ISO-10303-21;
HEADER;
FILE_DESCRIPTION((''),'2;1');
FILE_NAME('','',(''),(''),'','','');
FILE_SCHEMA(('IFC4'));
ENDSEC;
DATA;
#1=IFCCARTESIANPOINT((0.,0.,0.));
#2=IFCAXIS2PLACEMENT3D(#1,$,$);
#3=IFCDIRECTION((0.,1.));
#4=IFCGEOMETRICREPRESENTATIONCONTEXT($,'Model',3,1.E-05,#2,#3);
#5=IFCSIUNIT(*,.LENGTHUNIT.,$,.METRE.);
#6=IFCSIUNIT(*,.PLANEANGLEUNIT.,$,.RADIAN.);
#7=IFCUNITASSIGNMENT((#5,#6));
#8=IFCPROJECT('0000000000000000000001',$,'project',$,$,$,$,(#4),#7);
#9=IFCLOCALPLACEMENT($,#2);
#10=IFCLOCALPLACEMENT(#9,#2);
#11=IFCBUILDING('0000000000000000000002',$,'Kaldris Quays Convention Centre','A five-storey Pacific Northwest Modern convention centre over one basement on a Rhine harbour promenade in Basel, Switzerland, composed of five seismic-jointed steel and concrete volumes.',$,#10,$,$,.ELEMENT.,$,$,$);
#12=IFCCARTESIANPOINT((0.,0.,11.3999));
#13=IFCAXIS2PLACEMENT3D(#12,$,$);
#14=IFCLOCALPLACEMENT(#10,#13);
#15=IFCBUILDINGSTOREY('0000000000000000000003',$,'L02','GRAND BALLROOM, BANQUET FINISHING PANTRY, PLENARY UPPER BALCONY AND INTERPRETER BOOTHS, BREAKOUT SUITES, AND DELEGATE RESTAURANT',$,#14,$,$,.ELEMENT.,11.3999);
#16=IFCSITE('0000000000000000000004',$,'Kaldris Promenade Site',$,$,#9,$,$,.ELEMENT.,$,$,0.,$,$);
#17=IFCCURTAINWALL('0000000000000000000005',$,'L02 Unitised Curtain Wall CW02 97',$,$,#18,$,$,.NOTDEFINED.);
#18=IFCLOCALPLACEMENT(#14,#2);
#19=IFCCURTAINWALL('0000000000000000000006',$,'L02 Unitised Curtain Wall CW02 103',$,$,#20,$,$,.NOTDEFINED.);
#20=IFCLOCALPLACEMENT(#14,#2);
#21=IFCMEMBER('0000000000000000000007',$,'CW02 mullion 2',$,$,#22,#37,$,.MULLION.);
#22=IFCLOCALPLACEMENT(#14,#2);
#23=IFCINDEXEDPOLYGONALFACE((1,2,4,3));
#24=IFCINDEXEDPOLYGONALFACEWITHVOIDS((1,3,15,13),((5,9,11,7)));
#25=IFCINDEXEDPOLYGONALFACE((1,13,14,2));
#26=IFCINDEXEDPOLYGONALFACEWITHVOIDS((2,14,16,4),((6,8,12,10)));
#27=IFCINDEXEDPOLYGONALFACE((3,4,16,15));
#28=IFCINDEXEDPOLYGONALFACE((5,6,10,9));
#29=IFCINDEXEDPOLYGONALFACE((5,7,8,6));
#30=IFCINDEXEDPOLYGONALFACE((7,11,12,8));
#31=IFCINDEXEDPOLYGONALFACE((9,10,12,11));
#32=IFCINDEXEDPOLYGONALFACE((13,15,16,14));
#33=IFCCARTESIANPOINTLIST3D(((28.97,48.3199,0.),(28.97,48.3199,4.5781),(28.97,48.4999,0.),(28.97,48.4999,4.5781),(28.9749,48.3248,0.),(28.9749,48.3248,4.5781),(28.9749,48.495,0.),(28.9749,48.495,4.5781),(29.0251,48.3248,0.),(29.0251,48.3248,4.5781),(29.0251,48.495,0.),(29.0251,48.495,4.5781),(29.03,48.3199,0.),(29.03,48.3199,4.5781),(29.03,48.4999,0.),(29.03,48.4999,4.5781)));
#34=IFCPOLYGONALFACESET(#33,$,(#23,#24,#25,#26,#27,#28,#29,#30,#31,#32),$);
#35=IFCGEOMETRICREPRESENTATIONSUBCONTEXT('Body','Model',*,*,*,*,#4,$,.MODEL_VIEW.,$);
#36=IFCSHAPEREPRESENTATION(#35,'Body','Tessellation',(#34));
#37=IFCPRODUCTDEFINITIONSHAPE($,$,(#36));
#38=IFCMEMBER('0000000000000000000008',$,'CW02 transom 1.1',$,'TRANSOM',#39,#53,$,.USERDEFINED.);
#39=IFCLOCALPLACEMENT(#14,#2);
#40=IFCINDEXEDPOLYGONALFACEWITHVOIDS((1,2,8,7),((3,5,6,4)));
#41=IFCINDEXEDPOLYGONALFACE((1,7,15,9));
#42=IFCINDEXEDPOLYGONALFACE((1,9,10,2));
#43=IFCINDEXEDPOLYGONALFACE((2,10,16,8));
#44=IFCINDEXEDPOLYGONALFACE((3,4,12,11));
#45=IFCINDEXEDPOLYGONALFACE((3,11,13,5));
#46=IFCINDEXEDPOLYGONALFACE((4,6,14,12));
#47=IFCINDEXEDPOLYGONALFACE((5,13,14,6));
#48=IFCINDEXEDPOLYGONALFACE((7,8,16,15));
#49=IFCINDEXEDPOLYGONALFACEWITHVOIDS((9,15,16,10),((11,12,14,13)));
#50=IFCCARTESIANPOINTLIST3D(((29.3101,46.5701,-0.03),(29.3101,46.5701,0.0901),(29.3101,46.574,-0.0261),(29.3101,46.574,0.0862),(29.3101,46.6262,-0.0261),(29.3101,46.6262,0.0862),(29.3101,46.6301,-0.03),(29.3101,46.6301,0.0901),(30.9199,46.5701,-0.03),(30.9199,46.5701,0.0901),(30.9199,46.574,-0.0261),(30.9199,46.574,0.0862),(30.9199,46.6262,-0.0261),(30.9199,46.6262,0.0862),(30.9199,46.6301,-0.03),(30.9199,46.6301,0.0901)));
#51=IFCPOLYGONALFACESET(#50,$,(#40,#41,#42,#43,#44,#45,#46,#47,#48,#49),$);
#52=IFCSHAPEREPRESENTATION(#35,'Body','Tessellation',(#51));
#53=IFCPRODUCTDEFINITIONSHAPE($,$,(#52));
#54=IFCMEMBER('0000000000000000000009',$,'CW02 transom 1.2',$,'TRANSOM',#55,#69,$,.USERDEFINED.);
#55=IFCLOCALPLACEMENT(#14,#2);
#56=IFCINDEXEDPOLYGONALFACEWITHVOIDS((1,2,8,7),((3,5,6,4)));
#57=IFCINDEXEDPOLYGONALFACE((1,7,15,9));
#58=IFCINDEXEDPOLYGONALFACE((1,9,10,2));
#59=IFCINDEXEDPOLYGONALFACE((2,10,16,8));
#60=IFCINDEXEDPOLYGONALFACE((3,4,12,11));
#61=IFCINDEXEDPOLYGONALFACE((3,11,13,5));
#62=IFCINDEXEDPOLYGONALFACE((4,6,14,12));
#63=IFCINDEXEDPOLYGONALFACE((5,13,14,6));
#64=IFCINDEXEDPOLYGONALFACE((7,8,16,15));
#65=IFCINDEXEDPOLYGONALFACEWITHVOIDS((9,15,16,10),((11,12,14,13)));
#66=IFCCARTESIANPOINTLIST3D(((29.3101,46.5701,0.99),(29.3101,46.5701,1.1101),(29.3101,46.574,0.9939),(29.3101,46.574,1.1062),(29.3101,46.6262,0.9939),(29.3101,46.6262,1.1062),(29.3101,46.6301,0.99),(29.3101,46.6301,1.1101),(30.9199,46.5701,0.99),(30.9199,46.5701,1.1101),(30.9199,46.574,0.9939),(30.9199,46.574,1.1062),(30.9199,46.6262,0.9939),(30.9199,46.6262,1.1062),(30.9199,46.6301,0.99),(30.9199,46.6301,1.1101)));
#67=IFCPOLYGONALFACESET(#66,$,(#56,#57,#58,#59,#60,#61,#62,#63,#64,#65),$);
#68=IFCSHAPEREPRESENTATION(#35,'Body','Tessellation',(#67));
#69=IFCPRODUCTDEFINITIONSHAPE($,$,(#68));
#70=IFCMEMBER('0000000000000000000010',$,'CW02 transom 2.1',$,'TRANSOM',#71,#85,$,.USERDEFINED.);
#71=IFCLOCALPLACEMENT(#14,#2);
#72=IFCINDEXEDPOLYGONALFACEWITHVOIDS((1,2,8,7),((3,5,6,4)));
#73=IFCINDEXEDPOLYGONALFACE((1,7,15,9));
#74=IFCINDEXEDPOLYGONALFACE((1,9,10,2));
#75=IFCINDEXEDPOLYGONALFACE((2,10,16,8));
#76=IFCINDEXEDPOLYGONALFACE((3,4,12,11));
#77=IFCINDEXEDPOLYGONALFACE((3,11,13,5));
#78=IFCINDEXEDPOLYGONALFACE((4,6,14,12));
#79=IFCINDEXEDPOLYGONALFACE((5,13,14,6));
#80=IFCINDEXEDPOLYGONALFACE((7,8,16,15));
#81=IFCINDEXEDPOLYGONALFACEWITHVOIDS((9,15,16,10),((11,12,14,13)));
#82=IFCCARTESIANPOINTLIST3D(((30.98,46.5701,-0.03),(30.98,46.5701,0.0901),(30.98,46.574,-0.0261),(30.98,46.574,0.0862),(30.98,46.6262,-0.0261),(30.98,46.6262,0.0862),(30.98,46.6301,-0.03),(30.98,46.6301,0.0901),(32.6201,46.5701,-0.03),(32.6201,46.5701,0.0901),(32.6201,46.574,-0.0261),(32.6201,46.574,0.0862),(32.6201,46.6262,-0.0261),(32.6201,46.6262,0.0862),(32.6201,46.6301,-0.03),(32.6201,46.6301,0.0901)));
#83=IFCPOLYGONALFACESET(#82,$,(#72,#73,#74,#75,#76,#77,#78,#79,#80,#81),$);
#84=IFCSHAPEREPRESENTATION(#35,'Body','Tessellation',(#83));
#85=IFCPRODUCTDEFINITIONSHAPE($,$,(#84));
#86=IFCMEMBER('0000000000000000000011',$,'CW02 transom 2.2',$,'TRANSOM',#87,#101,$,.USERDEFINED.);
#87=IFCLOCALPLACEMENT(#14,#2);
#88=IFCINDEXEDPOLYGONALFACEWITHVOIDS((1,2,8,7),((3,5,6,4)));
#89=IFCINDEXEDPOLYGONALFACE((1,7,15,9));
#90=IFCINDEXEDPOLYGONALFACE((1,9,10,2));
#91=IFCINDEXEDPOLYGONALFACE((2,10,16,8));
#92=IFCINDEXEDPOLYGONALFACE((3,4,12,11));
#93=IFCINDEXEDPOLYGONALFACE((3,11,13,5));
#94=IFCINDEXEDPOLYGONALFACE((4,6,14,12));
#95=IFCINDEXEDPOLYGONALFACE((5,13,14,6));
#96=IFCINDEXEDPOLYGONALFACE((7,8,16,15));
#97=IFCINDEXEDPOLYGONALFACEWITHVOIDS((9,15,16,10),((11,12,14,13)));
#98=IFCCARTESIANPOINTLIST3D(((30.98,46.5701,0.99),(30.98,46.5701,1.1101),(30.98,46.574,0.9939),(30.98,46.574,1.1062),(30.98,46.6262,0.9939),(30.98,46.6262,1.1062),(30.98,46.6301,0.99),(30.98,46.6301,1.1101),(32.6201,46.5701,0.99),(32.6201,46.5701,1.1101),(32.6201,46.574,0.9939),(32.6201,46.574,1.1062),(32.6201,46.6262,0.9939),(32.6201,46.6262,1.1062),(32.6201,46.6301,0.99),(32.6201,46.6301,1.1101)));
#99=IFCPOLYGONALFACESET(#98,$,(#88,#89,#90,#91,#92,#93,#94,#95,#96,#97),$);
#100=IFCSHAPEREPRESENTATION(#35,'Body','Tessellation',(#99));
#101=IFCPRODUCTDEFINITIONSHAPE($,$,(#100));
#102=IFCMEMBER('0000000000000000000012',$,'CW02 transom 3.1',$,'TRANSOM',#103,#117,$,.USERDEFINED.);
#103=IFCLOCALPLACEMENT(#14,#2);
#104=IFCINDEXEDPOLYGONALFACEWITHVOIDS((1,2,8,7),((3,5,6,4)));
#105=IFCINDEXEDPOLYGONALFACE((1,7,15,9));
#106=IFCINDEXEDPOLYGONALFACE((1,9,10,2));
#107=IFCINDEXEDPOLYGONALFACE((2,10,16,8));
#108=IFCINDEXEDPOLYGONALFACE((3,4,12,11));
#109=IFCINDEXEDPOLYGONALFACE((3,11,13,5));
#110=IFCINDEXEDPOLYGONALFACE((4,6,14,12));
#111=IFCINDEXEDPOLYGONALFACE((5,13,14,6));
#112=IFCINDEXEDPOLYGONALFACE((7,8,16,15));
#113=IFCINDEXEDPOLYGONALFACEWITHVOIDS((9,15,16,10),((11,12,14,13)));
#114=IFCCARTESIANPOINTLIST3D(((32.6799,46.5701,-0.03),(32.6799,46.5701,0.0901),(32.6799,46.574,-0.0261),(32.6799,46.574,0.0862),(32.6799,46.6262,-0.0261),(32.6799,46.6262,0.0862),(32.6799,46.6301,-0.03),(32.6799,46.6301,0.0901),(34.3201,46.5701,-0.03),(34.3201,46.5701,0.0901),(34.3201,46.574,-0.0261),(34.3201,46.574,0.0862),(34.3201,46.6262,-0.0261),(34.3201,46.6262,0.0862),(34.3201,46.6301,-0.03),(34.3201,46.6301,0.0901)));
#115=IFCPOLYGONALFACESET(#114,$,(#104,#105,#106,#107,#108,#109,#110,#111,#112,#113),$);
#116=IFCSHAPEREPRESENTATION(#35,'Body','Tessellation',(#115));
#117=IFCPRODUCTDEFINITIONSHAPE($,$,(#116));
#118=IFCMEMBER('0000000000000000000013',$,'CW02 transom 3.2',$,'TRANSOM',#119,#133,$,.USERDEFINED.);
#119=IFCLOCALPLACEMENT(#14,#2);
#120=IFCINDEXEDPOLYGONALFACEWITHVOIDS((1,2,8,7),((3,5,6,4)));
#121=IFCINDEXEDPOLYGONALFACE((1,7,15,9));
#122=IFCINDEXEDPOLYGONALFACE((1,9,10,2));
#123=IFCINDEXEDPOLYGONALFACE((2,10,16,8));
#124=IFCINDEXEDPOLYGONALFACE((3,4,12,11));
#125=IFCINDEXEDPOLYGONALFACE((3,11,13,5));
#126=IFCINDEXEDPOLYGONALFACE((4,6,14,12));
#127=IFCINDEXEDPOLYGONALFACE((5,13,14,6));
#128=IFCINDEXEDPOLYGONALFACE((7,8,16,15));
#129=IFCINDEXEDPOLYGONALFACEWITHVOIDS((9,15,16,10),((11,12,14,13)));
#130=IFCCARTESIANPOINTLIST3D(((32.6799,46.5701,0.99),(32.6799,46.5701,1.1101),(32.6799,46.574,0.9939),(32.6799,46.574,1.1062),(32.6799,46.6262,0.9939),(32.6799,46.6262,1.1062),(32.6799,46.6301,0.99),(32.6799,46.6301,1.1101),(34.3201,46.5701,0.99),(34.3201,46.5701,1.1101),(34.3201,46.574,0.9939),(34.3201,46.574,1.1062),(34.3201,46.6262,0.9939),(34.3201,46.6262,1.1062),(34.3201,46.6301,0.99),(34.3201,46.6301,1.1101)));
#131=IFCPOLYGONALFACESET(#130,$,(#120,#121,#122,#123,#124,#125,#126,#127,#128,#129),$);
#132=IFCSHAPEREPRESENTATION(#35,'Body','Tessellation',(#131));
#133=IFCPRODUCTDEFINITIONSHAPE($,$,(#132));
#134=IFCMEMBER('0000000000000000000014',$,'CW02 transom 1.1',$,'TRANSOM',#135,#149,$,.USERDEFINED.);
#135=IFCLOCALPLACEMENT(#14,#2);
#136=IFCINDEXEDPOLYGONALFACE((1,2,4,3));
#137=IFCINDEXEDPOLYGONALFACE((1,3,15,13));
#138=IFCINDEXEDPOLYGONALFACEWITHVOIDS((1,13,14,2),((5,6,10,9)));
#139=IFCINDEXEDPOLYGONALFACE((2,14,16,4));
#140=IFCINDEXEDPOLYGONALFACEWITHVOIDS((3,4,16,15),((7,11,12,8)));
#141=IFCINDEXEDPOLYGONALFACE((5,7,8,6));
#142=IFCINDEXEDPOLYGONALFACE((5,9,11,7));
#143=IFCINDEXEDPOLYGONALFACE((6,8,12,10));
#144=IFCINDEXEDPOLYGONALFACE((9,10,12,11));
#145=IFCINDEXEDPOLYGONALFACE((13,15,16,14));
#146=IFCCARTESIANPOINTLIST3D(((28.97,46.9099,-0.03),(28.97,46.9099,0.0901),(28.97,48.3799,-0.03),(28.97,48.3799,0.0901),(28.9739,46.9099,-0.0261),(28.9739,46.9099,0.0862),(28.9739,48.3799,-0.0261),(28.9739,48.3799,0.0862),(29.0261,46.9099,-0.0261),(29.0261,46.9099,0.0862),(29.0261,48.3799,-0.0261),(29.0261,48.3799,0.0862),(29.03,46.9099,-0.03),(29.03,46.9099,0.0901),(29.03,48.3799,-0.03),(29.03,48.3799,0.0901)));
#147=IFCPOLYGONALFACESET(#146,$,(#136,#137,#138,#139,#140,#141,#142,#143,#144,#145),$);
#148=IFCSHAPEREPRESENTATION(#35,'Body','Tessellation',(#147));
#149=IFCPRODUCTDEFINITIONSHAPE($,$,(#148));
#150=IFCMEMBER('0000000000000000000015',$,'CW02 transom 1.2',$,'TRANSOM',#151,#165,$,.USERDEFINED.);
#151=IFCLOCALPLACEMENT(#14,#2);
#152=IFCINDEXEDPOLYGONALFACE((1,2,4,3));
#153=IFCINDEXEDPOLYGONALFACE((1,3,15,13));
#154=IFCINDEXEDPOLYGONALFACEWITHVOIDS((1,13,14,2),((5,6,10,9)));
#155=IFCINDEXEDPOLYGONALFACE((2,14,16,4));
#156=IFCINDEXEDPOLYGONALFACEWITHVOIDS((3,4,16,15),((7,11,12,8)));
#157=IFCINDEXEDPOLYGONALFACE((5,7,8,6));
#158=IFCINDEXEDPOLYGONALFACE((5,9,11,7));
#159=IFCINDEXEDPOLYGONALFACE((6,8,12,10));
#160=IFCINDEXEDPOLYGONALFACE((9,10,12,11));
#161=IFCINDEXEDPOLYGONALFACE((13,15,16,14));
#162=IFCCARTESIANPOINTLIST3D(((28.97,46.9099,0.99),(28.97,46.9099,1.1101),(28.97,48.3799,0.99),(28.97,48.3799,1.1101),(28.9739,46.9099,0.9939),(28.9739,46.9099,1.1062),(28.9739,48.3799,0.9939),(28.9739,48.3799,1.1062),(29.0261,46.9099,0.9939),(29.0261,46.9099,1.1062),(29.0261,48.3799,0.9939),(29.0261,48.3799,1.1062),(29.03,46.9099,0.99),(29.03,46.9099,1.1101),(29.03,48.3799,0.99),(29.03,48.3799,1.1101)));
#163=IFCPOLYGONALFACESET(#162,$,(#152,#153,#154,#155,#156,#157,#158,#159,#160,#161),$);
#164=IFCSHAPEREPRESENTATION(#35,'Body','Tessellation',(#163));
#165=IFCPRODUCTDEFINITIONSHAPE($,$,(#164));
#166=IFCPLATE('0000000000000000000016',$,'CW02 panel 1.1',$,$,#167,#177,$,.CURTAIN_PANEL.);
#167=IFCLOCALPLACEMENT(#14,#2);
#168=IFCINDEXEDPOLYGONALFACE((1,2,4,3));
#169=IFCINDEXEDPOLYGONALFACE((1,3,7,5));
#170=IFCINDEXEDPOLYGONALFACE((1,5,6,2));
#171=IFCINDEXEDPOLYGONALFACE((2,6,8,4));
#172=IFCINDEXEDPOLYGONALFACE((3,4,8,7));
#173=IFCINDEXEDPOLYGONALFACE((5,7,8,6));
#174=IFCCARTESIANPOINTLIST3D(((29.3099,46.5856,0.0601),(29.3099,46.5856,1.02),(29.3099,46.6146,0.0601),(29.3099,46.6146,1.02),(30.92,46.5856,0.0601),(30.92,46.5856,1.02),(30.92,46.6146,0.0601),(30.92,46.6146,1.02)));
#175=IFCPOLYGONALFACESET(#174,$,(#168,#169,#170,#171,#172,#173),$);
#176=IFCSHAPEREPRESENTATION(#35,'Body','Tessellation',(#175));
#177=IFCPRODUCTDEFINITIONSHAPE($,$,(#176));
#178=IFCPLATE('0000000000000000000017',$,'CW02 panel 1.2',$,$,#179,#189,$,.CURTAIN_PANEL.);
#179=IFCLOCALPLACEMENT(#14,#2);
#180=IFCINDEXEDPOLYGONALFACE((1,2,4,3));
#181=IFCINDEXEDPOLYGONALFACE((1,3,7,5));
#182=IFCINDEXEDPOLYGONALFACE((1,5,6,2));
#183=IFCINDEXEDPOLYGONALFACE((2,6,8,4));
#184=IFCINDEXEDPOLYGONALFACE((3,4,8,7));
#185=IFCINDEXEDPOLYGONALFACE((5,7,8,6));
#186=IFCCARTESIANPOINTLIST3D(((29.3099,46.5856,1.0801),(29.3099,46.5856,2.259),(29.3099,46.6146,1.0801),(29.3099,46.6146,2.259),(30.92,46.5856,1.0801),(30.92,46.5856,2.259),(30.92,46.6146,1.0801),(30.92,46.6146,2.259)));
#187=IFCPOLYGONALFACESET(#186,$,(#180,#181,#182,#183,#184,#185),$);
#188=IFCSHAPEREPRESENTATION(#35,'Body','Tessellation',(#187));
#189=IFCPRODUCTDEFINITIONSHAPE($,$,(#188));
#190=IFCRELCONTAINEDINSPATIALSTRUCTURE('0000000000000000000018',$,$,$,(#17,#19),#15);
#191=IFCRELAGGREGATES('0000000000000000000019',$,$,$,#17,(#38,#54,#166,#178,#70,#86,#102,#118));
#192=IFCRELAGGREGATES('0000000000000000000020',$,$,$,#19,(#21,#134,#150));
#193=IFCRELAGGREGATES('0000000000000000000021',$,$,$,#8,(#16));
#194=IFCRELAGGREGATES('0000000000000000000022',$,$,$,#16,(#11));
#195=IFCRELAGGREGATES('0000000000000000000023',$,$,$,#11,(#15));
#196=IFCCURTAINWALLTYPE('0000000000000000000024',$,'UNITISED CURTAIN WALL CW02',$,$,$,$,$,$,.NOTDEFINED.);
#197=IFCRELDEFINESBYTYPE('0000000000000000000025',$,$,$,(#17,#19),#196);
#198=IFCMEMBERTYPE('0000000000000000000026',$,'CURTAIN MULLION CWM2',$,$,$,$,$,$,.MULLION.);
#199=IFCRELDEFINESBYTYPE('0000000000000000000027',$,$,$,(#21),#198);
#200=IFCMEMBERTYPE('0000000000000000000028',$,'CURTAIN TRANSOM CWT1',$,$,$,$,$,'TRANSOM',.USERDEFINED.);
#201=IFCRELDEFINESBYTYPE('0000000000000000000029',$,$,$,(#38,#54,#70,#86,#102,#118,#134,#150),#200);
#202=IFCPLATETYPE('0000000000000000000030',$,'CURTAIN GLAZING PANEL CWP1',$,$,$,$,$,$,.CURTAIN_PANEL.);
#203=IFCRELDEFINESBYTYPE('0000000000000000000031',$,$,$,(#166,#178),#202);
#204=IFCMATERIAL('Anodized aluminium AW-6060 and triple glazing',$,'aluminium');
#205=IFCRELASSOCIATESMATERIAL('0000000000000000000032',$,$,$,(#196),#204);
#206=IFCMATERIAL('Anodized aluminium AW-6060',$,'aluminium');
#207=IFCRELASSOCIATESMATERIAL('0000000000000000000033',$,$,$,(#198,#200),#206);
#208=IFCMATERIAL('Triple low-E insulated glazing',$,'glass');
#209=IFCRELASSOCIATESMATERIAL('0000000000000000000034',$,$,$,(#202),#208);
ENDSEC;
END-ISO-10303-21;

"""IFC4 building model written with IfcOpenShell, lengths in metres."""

from ifc_helpers import new_model, si_unit, direction, frame, origin, origin_2d, place, context, subcontext, project, spatial, rectangle, hollow_rectangle, extrude, material, material_profile, profile_set, type_object, element, aggregate, save


model = new_model("IFC4")

# Units and contexts
model_context = context("Model", 3, precision=1e-05, world=origin(), true_north=direction((0.0, 1.0)))
body_context = subcontext(model_context, "Body", "Model", "MODEL_VIEW")
ifc_project = project(units=[si_unit("LENGTHUNIT", "METRE"), si_unit("PLANEANGLEUNIT", "RADIAN")], contexts=[model_context])

# Site, building, storey
site_placement = place(None, origin())
site = spatial("IfcSite", under=ifc_project, at=site_placement, Name="Kaldris Promenade Site", CompositionType="ELEMENT", RefElevation=0.0)
building_placement = place(site_placement, origin())
building = spatial("IfcBuilding", under=site, at=building_placement, Name="Kaldris Quays Convention Centre", Description="A five-storey Pacific Northwest Modern convention centre over one basement on a Rhine harbour promenade in Basel, Switzerland, composed of five seismic-jointed steel and concrete volumes.", CompositionType="ELEMENT")
storey_placement = place(building_placement, frame((0.0, 0.0, 11.3999)))
storey = spatial("IfcBuildingStorey", under=building, at=storey_placement, Name="L02", Description="GRAND BALLROOM, BANQUET FINISHING PANTRY, PLENARY UPPER BALCONY AND INTERPRETER BOOTHS, BREAKOUT SUITES, AND DELEGATE RESTAURANT", CompositionType="ELEMENT", Elevation=11.3999)

# Curtain walls, member
ifc_material_1 = material(Name="Anodized aluminium AW-6060 and triple glazing", Category="aluminium")
curtain_wall_type = type_object("IfcCurtainWallType", Name="UNITISED CURTAIN WALL CW02", PredefinedType="NOTDEFINED", material=ifc_material_1)
curtain_wall_1_placement = place(storey_placement, origin())
curtain_wall_1 = element("IfcCurtainWall", 1, at=curtain_wall_1_placement, inside=storey, type_object=curtain_wall_type, Name="L02 Unitised Curtain Wall CW02 97", PredefinedType="NOTDEFINED")
ifc_material_2 = material(Name="Anodized aluminium AW-6060", Category="aluminium")
ifc_material_profile_1 = material_profile(ifc_material_2, hollow_rectangle(XDim=0.0601, YDim=0.1799, WallThickness=0.0049, at=origin_2d()), Name="RHS 180x60x5")
ifc_profile_set_1 = profile_set([ifc_material_profile_1], Name="Anodized aluminium AW-6060")
member_type_1 = type_object("IfcMemberType", Name="CURTAIN MULLION CWM2", PredefinedType="MULLION", material=ifc_profile_set_1)
curtain_wall_2_placement = place(storey_placement, origin())
curtain_wall_2 = element("IfcCurtainWall", 2, at=curtain_wall_2_placement, inside=storey, type_object=curtain_wall_type, Name="L02 Unitised Curtain Wall CW02 103", PredefinedType="NOTDEFINED")
member_1_placement = place(storey_placement, frame((29.0, 48.4099, 0.0), z_axis=(0.0, 0.0, 1.0), x_axis=(-1.0, 0.0, 0.0)))
member_1 = element("IfcMember", 3, at=member_1_placement, type_object=member_type_1, Name="CW02 mullion 2", PredefinedType="MULLION", context=body_context, shape_type="SweptSolid", body=[
    extrude(hollow_rectangle(XDim=0.0601, YDim=0.1799, WallThickness=0.0049, at=origin_2d()), origin(), (0.0, 0.0, 1.0), 4.5781),
])

# Members
ifc_material_profile_2 = material_profile(ifc_material_2, hollow_rectangle(XDim=0.0601, YDim=0.1201, WallThickness=0.0039, at=origin_2d()), Name="RHS 120x60x4")
ifc_profile_set_2 = profile_set([ifc_material_profile_2], Name="Anodized aluminium AW-6060")
member_type_2 = type_object("IfcMemberType", Name="CURTAIN TRANSOM CWT1", ElementType="TRANSOM", PredefinedType="USERDEFINED", material=ifc_profile_set_2)
member_2_placement = place(storey_placement, frame((29.3101, 46.6001, 0.03), z_axis=(1.0, 0.0, 0.0), x_axis=(0.0, 1.0, 0.0)))
member_2 = element("IfcMember", 4, at=member_2_placement, type_object=member_type_2, Name="CW02 transom 1.1", ObjectType="TRANSOM", PredefinedType="USERDEFINED", context=body_context, shape_type="SweptSolid", body=[
    extrude(hollow_rectangle(XDim=0.0601, YDim=0.1201, WallThickness=0.0039, at=origin_2d()), origin(), (0.0, 0.0, 1.0), 1.6099),
])
member_3_placement = place(storey_placement, frame((29.3101, 46.6001, 1.05), z_axis=(1.0, 0.0, 0.0), x_axis=(0.0, 1.0, 0.0)))
member_3 = element("IfcMember", 5, at=member_3_placement, type_object=member_type_2, Name="CW02 transom 1.2", ObjectType="TRANSOM", PredefinedType="USERDEFINED", context=body_context, shape_type="SweptSolid", body=[
    extrude(hollow_rectangle(XDim=0.0601, YDim=0.1201, WallThickness=0.0039, at=origin_2d()), origin(), (0.0, 0.0, 1.0), 1.6099),
])
member_4_placement = place(storey_placement, frame((30.98, 46.6001, 0.03), z_axis=(1.0, 0.0, 0.0), x_axis=(0.0, 1.0, 0.0)))
member_4 = element("IfcMember", 6, at=member_4_placement, type_object=member_type_2, Name="CW02 transom 2.1", ObjectType="TRANSOM", PredefinedType="USERDEFINED", context=body_context, shape_type="SweptSolid", body=[
    extrude(hollow_rectangle(XDim=0.0601, YDim=0.1201, WallThickness=0.0039, at=origin_2d()), origin(), (0.0, 0.0, 1.0), 1.6401),
])
member_5_placement = place(storey_placement, frame((30.98, 46.6001, 1.05), z_axis=(1.0, 0.0, 0.0), x_axis=(0.0, 1.0, 0.0)))
member_5 = element("IfcMember", 7, at=member_5_placement, type_object=member_type_2, Name="CW02 transom 2.2", ObjectType="TRANSOM", PredefinedType="USERDEFINED", context=body_context, shape_type="SweptSolid", body=[
    extrude(hollow_rectangle(XDim=0.0601, YDim=0.1201, WallThickness=0.0039, at=origin_2d()), origin(), (0.0, 0.0, 1.0), 1.6401),
])
member_6_placement = place(storey_placement, frame((32.6799, 46.6001, 0.03), z_axis=(1.0, 0.0, 0.0), x_axis=(0.0, 1.0, 0.0)))
member_6 = element("IfcMember", 8, at=member_6_placement, type_object=member_type_2, Name="CW02 transom 3.1", ObjectType="TRANSOM", PredefinedType="USERDEFINED", context=body_context, shape_type="SweptSolid", body=[
    extrude(hollow_rectangle(XDim=0.0601, YDim=0.1201, WallThickness=0.0039, at=origin_2d()), origin(), (0.0, 0.0, 1.0), 1.6401),
])
member_7_placement = place(storey_placement, frame((32.6799, 46.6001, 1.05), z_axis=(1.0, 0.0, 0.0), x_axis=(0.0, 1.0, 0.0)))
member_7 = element("IfcMember", 9, at=member_7_placement, type_object=member_type_2, Name="CW02 transom 3.2", ObjectType="TRANSOM", PredefinedType="USERDEFINED", context=body_context, shape_type="SweptSolid", body=[
    extrude(hollow_rectangle(XDim=0.0601, YDim=0.1201, WallThickness=0.0039, at=origin_2d()), origin(), (0.0, 0.0, 1.0), 1.6401),
])
member_8_placement = place(storey_placement, frame((29.0, 46.9099, 0.03), z_axis=(0.0, 1.0, 0.0), x_axis=(-1.0, 0.0, 0.0)))
member_8 = element("IfcMember", 10, at=member_8_placement, type_object=member_type_2, Name="CW02 transom 1.1", ObjectType="TRANSOM", PredefinedType="USERDEFINED", context=body_context, shape_type="SweptSolid", body=[
    extrude(hollow_rectangle(XDim=0.0601, YDim=0.1201, WallThickness=0.0039, at=origin_2d()), origin(), (0.0, 0.0, 1.0), 1.47),
])
member_9_placement = place(storey_placement, frame((29.0, 46.9099, 1.05), z_axis=(0.0, 1.0, 0.0), x_axis=(-1.0, 0.0, 0.0)))
member_9 = element("IfcMember", 11, at=member_9_placement, type_object=member_type_2, Name="CW02 transom 1.2", ObjectType="TRANSOM", PredefinedType="USERDEFINED", context=body_context, shape_type="SweptSolid", body=[
    extrude(hollow_rectangle(XDim=0.0601, YDim=0.1201, WallThickness=0.0039, at=origin_2d()), origin(), (0.0, 0.0, 1.0), 1.47),
])

# Plates
ifc_material_3 = material(Name="Triple low-E insulated glazing", Category="glass")
plate_type_1 = type_object("IfcPlateType", Name="CURTAIN GLAZING PANEL CWP1", PredefinedType="CURTAIN_PANEL", material=ifc_material_3)
plate_1_placement = place(storey_placement, frame((30.115, 46.6001, 0.0601), z_axis=(0.0, 0.0, 1.0), x_axis=(1.0, 0.0, 0.0)))
plate_1 = element("IfcPlate", 12, at=plate_1_placement, type_object=plate_type_1, Name="CW02 panel 1.1", PredefinedType="CURTAIN_PANEL", context=body_context, shape_type="SweptSolid", body=[
    extrude(rectangle(XDim=1.6101, YDim=0.0291, at=origin_2d()), origin(), (0.0, 0.0, 1.0), 0.96),
])
plate_2_placement = place(storey_placement, frame((30.115, 46.6001, 1.0801), z_axis=(0.0, 0.0, 1.0), x_axis=(1.0, 0.0, 0.0)))
plate_2 = element("IfcPlate", 13, at=plate_2_placement, type_object=plate_type_1, Name="CW02 panel 1.2", PredefinedType="CURTAIN_PANEL", context=body_context, shape_type="SweptSolid", body=[
    extrude(rectangle(XDim=1.6101, YDim=0.0291, at=origin_2d()), origin(), (0.0, 0.0, 1.0), 1.179),
])
aggregate(curtain_wall_1, [member_2, member_3, plate_1, plate_2, member_4, member_5, member_6, member_7])
aggregate(curtain_wall_2, [member_1, member_8, member_9])

save(model, "model.ifc")
